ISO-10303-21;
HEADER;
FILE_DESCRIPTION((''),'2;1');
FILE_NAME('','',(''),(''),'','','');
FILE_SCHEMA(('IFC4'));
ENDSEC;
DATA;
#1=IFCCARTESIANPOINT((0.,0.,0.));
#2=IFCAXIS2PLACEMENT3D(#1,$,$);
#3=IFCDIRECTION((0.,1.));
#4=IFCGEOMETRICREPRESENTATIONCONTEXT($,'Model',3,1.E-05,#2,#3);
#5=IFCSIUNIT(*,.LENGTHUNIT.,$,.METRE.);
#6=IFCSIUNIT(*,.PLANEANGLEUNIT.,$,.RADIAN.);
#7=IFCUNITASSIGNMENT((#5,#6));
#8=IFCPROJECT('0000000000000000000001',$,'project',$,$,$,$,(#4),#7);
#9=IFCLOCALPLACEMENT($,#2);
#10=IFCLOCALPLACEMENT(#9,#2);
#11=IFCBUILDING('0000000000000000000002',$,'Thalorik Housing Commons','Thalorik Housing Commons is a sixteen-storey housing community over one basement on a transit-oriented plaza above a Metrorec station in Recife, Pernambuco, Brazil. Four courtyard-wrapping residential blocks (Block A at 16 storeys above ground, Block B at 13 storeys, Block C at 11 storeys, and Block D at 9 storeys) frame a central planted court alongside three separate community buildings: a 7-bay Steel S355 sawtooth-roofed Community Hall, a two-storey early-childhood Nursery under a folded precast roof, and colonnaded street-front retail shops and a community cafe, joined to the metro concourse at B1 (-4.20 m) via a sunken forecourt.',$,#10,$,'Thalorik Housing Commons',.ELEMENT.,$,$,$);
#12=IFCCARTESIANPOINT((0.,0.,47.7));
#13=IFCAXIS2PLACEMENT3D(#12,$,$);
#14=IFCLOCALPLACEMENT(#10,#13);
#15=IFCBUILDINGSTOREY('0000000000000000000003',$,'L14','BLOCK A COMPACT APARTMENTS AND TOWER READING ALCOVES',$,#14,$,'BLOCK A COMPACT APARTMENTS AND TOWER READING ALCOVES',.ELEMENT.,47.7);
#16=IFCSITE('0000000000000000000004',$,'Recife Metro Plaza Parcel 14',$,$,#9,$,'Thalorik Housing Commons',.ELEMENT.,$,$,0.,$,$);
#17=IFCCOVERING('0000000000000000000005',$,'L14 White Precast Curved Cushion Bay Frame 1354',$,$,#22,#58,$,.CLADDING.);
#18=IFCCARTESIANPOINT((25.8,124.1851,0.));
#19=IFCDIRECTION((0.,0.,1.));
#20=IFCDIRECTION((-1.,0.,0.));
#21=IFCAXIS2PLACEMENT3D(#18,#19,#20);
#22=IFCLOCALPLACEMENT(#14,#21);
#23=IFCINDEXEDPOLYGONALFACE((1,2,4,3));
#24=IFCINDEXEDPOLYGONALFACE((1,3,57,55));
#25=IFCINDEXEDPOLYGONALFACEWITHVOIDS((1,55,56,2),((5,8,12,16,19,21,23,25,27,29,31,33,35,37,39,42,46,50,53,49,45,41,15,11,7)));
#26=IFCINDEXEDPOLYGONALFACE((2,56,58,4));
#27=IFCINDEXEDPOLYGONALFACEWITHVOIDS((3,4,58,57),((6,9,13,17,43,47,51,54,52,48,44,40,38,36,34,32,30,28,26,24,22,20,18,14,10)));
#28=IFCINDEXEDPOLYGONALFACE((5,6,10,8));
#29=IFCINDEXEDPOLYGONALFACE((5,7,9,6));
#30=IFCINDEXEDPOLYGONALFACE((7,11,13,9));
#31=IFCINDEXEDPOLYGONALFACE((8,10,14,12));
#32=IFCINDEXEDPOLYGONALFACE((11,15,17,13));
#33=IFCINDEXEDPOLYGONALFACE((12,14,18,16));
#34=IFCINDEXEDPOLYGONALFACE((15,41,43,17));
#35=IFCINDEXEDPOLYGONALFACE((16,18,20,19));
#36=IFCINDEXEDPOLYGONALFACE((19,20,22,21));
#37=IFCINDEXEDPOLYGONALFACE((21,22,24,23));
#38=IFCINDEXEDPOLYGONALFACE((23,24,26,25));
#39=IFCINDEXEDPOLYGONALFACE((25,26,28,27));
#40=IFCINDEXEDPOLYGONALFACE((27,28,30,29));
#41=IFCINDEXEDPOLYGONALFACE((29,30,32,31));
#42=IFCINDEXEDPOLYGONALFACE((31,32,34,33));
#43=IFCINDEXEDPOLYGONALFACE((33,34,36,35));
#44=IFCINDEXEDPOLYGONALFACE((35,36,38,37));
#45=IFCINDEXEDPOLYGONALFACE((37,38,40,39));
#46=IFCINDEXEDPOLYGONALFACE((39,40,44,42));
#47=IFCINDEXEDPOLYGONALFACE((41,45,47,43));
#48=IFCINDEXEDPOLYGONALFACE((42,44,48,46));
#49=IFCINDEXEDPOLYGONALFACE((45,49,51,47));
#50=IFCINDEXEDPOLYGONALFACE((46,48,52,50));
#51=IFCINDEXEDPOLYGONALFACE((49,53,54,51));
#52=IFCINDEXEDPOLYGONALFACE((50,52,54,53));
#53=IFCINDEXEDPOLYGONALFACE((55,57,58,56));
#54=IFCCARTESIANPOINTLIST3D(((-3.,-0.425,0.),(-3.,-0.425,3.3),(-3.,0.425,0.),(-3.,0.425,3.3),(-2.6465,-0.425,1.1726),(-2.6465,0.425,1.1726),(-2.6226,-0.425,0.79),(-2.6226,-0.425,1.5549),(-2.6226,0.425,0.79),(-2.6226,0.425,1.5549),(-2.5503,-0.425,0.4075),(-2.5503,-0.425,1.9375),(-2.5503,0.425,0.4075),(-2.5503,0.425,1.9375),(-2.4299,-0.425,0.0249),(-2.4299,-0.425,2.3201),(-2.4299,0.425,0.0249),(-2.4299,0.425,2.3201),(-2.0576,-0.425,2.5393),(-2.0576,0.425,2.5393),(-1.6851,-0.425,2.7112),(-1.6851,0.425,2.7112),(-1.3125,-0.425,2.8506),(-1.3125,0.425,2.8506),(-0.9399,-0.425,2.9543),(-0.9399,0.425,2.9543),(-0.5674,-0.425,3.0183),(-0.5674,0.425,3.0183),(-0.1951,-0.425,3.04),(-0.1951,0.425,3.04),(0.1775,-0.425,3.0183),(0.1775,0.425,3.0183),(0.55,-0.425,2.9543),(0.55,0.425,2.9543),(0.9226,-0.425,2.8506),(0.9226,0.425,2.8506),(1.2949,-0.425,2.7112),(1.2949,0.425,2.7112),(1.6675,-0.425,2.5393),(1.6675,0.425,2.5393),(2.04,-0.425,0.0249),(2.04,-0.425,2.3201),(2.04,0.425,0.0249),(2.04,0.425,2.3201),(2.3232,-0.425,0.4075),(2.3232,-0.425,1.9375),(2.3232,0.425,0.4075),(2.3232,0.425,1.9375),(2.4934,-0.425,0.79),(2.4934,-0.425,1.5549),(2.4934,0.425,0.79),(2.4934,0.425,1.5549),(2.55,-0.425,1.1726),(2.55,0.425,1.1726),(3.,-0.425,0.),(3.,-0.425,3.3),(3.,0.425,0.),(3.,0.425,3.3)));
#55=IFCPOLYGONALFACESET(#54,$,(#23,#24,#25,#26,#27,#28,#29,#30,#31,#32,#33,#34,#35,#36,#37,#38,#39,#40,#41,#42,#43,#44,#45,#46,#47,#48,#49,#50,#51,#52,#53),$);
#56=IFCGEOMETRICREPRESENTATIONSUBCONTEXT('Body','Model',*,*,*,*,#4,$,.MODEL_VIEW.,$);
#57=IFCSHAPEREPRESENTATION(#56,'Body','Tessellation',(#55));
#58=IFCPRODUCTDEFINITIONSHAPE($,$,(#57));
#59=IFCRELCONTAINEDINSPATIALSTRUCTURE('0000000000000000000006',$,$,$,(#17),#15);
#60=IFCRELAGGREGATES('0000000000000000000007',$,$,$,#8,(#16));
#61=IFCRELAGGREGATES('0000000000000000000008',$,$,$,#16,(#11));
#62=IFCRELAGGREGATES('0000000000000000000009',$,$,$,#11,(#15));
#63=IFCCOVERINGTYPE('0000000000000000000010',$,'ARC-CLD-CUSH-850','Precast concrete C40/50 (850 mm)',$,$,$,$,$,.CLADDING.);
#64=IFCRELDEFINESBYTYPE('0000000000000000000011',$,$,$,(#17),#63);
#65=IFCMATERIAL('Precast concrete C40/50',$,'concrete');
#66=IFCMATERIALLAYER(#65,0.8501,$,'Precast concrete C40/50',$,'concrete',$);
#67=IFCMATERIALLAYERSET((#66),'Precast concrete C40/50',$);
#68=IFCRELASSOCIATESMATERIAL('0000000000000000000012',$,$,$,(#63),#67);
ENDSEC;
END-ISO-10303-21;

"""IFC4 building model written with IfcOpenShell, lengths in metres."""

from ifc_helpers import new_model, si_unit, direction, frame, origin, place, context, subcontext, project, spatial, polyline, outline, extrude, material, layer, layer_set, type_object, element, save


model = new_model("IFC4")

# Units and contexts
model_context = context("Model", 3, precision=1e-05, world=origin(), true_north=direction((0.0, 1.0)))
body_context = subcontext(model_context, "Body", "Model", "MODEL_VIEW")
ifc_project = project(units=[si_unit("LENGTHUNIT", "METRE"), si_unit("PLANEANGLEUNIT", "RADIAN")], contexts=[model_context])

# Site, building, storey
site_placement = place(None, origin())
site = spatial("IfcSite", under=ifc_project, at=site_placement, Name="Recife Metro Plaza Parcel 14", LongName="Thalorik Housing Commons", CompositionType="ELEMENT", RefElevation=0.0)
building_placement = place(site_placement, origin())
building = spatial("IfcBuilding", under=site, at=building_placement, Name="Thalorik Housing Commons", Description="Thalorik Housing Commons is a sixteen-storey housing community over one basement on a transit-oriented plaza above a Metrorec station in Recife, Pernambuco, Brazil. Four courtyard-wrapping residential blocks (Block A at 16 storeys above ground, Block B at 13 storeys, Block C at 11 storeys, and Block D at 9 storeys) frame a central planted court alongside three separate community buildings: a 7-bay Steel S355 sawtooth-roofed Community Hall, a two-storey early-childhood Nursery under a folded precast roof, and colonnaded street-front retail shops and a community cafe, joined to the metro concourse at B1 (-4.20 m) via a sunken forecourt.", LongName="Thalorik Housing Commons", CompositionType="ELEMENT")
storey_placement = place(building_placement, frame((0.0, 0.0, 47.7)))
storey = spatial("IfcBuildingStorey", under=building, at=storey_placement, Name="L14", Description="BLOCK A COMPACT APARTMENTS AND TOWER READING ALCOVES", LongName="BLOCK A COMPACT APARTMENTS AND TOWER READING ALCOVES", CompositionType="ELEMENT", Elevation=47.7)

# Shared definitions
ifc_material_1 = material(Name="Precast concrete C40/50", Category="concrete")

# Covering
ifc_layer_1 = layer(ifc_material_1, 0.8501, Name="Precast concrete C40/50", Category="concrete")
ifc_layer_set_1 = layer_set([ifc_layer_1], Name="Precast concrete C40/50")
covering_type_1 = type_object("IfcCoveringType", Name="ARC-CLD-CUSH-850", Description="Precast concrete C40/50 (850 mm)", PredefinedType="CLADDING", material=ifc_layer_set_1)
covering_1_placement = place(storey_placement, frame((25.8, 124.1851, 0.0), z_axis=(0.0, 0.0, 1.0), x_axis=(-1.0, 0.0, 0.0)))
element("IfcCovering", 1, at=covering_1_placement, inside=storey, type_object=covering_type_1, Name="L14 White Precast Curved Cushion Bay Frame 1354", PredefinedType="CLADDING", context=body_context, shape_type="SweptSolid", body=[
    extrude(outline(polyline([(-3.0, 0.0), (3.0, 0.0), (3.0, 3.3), (-3.0, 3.3), (-3.0, 0.0)]), holes=[polyline([(2.04, 0.0249), (2.3232, 0.4075), (2.4934, 0.79), (2.55, 1.1726), (2.4934, 1.5549), (2.3232, 1.9375), (2.04, 2.3201), (1.6675, 2.5393), (1.2949, 2.7112), (0.9226, 2.8506), (0.55, 2.9543), (0.1775, 3.0183), (-0.1951, 3.04), (-0.5674, 3.0183), (-0.9399, 2.9543), (-1.3125, 2.8506), (-1.6851, 2.7112), (-2.0576, 2.5393), (-2.4299, 2.3201), (-2.5503, 1.9375), (-2.6226, 1.5549), (-2.6465, 1.1726), (-2.6226, 0.79), (-2.5503, 0.4075), (-2.4299, 0.0249), (2.04, 0.0249)])]), frame((0.0, 0.425, 0.0), z_axis=(0.0, -1.0, 0.0), x_axis=(1.0, 0.0, 0.0)), (0.0, 0.0, 1.0), 0.8501),
])

save(model, "model.ifc")
